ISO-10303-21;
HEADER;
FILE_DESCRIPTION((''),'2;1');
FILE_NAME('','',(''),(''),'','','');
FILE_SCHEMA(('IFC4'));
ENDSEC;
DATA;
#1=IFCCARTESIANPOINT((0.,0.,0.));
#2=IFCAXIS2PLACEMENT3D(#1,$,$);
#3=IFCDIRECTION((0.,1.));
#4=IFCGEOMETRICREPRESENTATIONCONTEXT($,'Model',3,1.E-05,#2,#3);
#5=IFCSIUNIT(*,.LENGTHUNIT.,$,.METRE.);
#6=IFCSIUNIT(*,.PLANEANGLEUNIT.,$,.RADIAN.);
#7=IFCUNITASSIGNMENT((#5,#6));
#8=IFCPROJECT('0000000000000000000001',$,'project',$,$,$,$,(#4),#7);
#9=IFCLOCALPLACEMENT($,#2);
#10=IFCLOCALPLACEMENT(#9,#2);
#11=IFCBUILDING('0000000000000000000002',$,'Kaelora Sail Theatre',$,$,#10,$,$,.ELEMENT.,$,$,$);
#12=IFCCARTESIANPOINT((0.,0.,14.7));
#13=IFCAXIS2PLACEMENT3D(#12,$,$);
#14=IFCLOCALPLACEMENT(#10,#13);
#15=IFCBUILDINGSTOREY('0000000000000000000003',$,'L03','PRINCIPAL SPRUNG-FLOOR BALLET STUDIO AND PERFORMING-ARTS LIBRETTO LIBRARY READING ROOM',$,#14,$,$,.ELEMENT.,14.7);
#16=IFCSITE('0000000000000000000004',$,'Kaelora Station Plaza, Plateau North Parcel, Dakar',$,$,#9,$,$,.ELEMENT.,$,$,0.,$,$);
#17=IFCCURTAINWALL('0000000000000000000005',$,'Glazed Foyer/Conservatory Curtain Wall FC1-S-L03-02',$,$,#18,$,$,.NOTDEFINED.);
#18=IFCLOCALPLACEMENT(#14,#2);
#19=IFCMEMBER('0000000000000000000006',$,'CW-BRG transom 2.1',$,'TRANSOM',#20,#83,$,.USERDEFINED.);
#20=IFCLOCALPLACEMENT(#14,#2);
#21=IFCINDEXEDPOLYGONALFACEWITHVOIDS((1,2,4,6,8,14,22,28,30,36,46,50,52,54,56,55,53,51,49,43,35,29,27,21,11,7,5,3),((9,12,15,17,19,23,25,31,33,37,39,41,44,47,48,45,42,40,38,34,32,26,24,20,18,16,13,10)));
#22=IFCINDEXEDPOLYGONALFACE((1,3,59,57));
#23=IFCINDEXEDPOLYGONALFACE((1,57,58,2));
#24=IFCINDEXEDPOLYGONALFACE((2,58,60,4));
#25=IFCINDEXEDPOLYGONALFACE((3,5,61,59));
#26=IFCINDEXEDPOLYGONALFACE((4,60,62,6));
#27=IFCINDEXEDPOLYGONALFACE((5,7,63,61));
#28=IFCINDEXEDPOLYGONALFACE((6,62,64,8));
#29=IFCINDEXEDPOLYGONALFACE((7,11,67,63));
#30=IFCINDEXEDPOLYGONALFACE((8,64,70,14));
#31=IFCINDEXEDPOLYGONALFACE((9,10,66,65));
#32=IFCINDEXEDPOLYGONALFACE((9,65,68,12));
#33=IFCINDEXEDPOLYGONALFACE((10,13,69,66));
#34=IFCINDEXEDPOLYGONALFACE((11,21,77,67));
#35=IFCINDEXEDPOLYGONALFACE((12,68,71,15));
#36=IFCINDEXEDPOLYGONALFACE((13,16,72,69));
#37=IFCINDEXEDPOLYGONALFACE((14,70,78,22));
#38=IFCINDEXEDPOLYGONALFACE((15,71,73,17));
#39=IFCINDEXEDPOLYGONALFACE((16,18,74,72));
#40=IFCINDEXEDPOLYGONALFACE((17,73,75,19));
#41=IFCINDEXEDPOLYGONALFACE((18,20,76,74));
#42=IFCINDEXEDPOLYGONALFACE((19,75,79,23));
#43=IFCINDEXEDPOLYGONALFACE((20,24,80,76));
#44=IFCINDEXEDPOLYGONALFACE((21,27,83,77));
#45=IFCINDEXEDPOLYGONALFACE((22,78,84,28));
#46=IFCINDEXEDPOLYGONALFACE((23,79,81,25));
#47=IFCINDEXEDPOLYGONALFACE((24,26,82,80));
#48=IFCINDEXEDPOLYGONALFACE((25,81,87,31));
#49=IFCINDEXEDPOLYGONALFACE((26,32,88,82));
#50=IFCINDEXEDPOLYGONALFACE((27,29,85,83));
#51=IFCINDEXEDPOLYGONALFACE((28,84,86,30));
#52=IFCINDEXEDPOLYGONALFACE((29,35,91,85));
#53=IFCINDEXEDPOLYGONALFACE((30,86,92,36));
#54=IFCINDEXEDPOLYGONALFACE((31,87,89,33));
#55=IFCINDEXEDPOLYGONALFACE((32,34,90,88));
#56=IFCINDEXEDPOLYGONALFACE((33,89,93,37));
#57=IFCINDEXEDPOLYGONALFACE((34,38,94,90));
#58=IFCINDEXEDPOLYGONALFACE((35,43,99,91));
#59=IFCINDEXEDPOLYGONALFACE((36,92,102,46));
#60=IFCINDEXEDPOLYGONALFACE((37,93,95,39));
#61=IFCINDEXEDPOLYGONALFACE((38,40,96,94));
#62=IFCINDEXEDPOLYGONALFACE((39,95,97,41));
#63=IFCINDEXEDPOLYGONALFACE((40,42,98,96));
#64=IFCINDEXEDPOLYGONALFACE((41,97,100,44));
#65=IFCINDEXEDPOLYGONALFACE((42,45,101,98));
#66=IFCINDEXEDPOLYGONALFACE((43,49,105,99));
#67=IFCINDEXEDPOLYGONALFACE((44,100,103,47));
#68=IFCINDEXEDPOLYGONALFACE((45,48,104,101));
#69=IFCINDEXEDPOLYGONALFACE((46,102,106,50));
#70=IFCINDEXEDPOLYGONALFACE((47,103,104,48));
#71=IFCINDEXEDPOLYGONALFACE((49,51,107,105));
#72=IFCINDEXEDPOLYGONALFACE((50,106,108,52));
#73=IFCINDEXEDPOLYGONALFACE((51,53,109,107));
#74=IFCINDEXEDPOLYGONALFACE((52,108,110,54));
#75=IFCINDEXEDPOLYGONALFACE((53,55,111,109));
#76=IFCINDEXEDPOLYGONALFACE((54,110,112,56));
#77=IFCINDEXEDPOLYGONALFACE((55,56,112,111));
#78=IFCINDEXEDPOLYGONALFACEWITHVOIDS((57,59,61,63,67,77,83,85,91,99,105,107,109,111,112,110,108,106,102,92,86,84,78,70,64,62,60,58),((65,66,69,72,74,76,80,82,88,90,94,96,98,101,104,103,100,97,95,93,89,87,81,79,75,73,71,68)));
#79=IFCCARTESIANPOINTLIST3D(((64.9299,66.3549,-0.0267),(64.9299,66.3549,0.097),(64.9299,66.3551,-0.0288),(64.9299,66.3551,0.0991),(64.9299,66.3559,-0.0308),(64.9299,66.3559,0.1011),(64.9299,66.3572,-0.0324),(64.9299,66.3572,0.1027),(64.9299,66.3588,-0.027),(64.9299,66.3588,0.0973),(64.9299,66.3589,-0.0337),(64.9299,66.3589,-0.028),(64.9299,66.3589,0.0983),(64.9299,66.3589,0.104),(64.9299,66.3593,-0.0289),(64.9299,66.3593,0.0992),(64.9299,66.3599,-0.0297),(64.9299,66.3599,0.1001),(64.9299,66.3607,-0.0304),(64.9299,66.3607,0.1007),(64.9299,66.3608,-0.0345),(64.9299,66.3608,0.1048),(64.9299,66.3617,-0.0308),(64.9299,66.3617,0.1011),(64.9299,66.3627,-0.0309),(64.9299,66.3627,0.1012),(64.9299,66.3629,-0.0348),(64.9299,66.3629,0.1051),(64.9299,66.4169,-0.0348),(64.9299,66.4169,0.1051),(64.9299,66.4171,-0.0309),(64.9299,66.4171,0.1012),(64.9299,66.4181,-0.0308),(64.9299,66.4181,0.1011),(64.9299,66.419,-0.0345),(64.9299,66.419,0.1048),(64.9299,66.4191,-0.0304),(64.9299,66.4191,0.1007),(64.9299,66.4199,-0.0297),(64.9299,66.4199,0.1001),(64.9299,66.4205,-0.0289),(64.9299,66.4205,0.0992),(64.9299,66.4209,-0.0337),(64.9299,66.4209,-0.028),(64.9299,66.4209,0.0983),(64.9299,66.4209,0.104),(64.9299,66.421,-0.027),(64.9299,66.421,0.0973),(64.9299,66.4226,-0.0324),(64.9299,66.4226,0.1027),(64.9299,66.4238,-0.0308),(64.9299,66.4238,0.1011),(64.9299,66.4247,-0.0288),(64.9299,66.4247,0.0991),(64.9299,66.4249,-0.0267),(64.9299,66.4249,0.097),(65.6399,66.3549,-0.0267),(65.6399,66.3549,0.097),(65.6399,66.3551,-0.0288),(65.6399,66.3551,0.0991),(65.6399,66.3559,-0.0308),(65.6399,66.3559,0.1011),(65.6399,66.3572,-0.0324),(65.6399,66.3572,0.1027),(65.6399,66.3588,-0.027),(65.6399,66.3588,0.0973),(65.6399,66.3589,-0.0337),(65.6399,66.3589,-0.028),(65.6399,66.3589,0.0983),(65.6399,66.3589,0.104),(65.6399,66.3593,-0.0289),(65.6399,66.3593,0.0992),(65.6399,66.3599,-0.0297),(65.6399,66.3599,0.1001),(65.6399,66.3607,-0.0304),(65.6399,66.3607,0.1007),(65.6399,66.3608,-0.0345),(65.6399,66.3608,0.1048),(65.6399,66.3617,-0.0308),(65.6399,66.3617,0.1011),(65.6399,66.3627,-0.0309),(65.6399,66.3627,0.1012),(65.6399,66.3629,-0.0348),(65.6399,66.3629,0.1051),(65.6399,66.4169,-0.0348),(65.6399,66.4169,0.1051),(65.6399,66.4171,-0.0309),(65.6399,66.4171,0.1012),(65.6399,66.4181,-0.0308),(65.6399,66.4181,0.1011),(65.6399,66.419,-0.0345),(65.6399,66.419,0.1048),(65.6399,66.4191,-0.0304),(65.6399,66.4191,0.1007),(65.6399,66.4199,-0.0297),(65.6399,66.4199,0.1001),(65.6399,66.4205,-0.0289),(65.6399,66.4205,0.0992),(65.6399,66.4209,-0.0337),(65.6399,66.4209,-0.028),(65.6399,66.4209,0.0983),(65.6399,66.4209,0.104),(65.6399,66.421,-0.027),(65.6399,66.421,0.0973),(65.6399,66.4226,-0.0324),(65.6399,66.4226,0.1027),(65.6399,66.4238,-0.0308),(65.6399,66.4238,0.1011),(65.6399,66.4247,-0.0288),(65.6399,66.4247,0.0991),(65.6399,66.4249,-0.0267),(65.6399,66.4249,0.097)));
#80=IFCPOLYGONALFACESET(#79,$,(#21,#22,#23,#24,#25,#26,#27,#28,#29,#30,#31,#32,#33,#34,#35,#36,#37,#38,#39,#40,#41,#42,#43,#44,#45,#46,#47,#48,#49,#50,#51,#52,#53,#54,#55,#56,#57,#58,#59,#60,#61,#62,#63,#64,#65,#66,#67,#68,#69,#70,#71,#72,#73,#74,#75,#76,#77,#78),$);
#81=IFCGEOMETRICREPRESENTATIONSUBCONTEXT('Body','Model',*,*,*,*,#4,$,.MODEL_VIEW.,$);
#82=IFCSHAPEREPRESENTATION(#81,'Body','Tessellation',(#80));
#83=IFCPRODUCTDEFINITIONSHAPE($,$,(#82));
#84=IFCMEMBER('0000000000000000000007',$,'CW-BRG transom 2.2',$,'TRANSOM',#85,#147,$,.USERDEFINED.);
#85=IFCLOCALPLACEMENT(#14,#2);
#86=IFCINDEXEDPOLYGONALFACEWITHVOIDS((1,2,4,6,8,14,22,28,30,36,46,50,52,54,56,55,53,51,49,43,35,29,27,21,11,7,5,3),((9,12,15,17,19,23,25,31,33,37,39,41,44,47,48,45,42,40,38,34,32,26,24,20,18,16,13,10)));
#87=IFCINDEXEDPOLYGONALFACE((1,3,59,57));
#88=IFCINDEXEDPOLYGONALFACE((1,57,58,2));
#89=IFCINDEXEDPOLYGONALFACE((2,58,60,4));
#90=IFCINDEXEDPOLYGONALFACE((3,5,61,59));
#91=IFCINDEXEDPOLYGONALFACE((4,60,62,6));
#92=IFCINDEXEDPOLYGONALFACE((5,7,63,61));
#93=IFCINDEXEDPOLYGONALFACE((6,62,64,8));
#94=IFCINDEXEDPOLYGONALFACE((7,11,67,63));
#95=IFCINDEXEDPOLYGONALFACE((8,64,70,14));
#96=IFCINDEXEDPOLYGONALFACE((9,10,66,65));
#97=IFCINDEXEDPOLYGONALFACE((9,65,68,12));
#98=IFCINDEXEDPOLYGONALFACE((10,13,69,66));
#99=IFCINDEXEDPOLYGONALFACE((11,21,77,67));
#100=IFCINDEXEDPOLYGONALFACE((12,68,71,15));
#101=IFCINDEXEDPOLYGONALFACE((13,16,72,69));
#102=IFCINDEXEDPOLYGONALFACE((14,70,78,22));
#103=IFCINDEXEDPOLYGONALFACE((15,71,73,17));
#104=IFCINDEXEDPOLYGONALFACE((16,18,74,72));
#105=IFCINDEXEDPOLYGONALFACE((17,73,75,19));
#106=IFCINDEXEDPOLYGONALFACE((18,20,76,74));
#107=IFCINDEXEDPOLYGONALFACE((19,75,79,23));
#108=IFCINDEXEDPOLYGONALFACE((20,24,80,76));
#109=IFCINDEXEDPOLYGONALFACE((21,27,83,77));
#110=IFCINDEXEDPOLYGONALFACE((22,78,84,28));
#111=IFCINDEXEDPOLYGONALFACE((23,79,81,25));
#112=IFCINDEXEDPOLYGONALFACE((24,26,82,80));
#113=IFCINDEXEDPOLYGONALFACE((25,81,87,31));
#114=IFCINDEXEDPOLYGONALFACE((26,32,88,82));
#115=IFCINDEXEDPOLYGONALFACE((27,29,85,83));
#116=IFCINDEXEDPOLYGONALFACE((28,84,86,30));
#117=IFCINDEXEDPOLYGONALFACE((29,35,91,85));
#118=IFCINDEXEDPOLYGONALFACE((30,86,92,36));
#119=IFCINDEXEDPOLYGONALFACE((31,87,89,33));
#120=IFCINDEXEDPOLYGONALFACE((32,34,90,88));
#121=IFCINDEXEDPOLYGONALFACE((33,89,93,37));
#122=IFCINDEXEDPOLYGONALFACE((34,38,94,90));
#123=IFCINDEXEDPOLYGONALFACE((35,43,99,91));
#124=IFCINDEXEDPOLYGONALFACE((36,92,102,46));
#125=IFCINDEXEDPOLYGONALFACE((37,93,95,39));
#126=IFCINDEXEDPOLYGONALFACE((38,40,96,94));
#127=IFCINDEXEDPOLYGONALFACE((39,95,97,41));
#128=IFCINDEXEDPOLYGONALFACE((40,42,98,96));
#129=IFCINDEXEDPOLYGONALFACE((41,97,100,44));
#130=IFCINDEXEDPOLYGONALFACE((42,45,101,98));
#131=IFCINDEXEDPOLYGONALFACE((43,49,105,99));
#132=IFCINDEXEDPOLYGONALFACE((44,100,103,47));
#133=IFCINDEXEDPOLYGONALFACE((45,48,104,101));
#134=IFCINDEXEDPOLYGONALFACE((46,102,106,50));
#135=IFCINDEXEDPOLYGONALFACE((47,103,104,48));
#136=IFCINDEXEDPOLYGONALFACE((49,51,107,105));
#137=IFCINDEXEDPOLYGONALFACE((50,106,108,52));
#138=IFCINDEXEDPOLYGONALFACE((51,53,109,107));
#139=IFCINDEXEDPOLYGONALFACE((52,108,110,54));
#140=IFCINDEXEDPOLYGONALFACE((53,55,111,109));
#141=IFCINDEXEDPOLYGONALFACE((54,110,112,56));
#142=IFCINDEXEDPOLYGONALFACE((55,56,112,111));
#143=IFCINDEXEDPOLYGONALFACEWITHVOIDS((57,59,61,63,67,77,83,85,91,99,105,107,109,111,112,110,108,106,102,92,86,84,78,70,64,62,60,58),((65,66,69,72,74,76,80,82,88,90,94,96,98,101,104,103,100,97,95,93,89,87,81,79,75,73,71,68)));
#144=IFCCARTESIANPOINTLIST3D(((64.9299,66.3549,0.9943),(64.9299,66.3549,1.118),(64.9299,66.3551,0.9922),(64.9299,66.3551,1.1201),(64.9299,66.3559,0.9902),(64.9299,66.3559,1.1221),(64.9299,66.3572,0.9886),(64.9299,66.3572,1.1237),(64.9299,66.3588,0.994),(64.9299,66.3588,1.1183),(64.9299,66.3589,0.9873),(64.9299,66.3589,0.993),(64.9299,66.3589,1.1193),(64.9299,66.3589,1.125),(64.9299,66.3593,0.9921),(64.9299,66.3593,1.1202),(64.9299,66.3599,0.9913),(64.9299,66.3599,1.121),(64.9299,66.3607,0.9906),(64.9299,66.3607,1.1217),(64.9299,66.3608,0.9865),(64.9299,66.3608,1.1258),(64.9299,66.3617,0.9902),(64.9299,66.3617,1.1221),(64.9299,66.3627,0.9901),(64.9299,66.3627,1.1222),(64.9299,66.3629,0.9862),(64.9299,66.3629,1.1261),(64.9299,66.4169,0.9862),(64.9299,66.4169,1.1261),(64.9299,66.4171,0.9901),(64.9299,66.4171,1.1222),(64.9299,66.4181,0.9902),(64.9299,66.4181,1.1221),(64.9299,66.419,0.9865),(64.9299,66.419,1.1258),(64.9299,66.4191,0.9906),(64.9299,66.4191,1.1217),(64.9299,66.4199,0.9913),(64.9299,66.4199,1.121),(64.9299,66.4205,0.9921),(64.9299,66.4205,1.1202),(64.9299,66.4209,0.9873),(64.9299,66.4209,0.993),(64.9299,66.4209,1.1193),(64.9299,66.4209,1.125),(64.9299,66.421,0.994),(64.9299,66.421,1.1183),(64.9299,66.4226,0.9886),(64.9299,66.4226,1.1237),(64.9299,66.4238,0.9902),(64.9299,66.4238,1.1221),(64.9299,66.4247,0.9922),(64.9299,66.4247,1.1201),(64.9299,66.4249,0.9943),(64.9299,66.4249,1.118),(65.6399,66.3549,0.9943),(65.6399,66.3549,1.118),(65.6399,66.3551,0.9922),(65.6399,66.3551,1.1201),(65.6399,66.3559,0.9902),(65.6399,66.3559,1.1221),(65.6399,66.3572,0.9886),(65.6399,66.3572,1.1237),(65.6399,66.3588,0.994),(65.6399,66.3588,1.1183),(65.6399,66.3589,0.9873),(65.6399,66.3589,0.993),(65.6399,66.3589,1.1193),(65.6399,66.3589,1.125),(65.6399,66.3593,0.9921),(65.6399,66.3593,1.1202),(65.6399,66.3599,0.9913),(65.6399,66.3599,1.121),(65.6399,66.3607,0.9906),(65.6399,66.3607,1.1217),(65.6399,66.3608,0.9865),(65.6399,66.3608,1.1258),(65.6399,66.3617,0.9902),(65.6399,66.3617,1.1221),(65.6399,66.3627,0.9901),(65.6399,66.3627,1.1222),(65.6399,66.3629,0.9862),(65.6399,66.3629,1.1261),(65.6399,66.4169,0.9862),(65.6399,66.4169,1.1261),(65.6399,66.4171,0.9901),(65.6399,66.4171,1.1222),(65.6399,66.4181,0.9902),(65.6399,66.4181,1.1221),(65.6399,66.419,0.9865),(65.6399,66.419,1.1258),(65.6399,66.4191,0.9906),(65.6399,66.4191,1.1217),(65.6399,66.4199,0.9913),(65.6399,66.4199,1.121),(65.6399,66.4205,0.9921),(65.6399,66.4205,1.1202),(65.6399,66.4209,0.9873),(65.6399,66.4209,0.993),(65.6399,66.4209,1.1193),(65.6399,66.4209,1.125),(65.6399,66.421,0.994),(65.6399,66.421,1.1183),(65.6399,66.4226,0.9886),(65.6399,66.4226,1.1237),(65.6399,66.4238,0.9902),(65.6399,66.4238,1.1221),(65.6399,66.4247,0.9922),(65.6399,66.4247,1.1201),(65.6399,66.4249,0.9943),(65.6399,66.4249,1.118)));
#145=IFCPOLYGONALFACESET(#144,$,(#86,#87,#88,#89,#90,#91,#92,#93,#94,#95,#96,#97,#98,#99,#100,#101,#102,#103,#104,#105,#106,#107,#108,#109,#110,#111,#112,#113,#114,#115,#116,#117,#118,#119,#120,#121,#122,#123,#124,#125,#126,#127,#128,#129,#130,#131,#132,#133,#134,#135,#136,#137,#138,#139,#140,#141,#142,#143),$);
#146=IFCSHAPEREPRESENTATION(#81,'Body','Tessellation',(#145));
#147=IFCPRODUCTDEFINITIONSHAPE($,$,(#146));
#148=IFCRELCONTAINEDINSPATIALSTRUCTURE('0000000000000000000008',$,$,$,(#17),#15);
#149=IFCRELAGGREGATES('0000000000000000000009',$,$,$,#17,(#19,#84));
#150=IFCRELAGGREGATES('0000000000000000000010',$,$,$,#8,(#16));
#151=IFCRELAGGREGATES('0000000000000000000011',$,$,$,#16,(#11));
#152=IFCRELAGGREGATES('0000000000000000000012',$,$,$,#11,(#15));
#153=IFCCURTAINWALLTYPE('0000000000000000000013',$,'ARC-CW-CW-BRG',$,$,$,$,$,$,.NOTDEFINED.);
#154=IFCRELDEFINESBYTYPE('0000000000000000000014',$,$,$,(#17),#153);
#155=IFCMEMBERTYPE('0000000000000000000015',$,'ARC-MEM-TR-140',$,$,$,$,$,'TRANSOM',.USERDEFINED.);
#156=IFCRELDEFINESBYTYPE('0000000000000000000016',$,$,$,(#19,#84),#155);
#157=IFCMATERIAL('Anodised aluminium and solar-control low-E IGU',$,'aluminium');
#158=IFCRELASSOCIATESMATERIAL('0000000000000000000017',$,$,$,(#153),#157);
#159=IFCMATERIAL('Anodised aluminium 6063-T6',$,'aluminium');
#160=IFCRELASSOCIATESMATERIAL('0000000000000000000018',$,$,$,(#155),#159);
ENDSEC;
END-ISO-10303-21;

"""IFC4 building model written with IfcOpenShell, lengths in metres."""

from ifc_helpers import new_model, si_unit, direction, frame, origin, origin_2d, place, context, subcontext, project, spatial, hollow_rectangle, extrude, material, material_profile, profile_set, type_object, element, aggregate, save


model = new_model("IFC4")

# Units and contexts
model_context = context("Model", 3, precision=1e-05, world=origin(), true_north=direction((0.0, 1.0)))
body_context = subcontext(model_context, "Body", "Model", "MODEL_VIEW")
ifc_project = project(units=[si_unit("LENGTHUNIT", "METRE"), si_unit("PLANEANGLEUNIT", "RADIAN")], contexts=[model_context])

# Site, building, storey
site_placement = place(None, origin())
site = spatial("IfcSite", under=ifc_project, at=site_placement, Name="Kaelora Station Plaza, Plateau North Parcel, Dakar", CompositionType="ELEMENT", RefElevation=0.0)
building_placement = place(site_placement, origin())
building = spatial("IfcBuilding", under=site, at=building_placement, Name="Kaelora Sail Theatre", CompositionType="ELEMENT")
storey_placement = place(building_placement, frame((0.0, 0.0, 14.7)))
storey = spatial("IfcBuildingStorey", under=building, at=storey_placement, Name="L03", Description="PRINCIPAL SPRUNG-FLOOR BALLET STUDIO AND PERFORMING-ARTS LIBRETTO LIBRARY READING ROOM", CompositionType="ELEMENT", Elevation=14.7)

# Shared definitions
ifc_material_1 = material(Name="Anodised aluminium and solar-control low-E IGU", Category="aluminium")
curtain_wall_type = type_object("IfcCurtainWallType", Name="ARC-CW-CW-BRG", PredefinedType="NOTDEFINED", material=ifc_material_1)

# Curtain wall
curtain_wall_1_placement = place(storey_placement, origin())
curtain_wall_1 = element("IfcCurtainWall", 1, at=curtain_wall_1_placement, inside=storey, type_object=curtain_wall_type, Name="Glazed Foyer/Conservatory Curtain Wall FC1-S-L03-02", PredefinedType="NOTDEFINED")

# Members
ifc_material_2 = material(Name="Anodised aluminium 6063-T6", Category="aluminium")
ifc_material_profile_1 = material_profile(ifc_material_2, hollow_rectangle(XDim=0.0701, YDim=0.1399, WallThickness=0.0039, InnerFilletRadius=0.0039, OuterFilletRadius=0.0081, at=origin_2d()), Name="ALU-TRAN 70x140x4")
ifc_profile_set_1 = profile_set([ifc_material_profile_1], Name="Anodised aluminium 6063-T6")
member_type_1 = type_object("IfcMemberType", Name="ARC-MEM-TR-140", ElementType="TRANSOM", PredefinedType="USERDEFINED", material=ifc_profile_set_1)
member_1_placement = place(storey_placement, frame((64.9299, 66.3899, 0.0352), z_axis=(1.0, 0.0, 0.0), x_axis=(0.0, 1.0, 0.0)))
member_1 = element("IfcMember", 2, at=member_1_placement, type_object=member_type_1, Name="CW-BRG transom 2.1", ObjectType="TRANSOM", PredefinedType="USERDEFINED", context=body_context, shape_type="SweptSolid", body=[
    extrude(hollow_rectangle(XDim=0.0701, YDim=0.1399, WallThickness=0.0039, InnerFilletRadius=0.0039, OuterFilletRadius=0.0081, at=origin_2d()), origin(), (0.0, 0.0, 1.0), 0.71),
])
member_2_placement = place(storey_placement, frame((64.9299, 66.3899, 1.0562), z_axis=(1.0, 0.0, 0.0), x_axis=(0.0, 1.0, 0.0)))
member_2 = element("IfcMember", 3, at=member_2_placement, type_object=member_type_1, Name="CW-BRG transom 2.2", ObjectType="TRANSOM", PredefinedType="USERDEFINED", context=body_context, shape_type="SweptSolid", body=[
    extrude(hollow_rectangle(XDim=0.0701, YDim=0.1399, WallThickness=0.0039, InnerFilletRadius=0.0039, OuterFilletRadius=0.0081, at=origin_2d()), origin(), (0.0, 0.0, 1.0), 0.71),
])

aggregate(curtain_wall_1, [member_1, member_2])

save(model, "model.ifc")
